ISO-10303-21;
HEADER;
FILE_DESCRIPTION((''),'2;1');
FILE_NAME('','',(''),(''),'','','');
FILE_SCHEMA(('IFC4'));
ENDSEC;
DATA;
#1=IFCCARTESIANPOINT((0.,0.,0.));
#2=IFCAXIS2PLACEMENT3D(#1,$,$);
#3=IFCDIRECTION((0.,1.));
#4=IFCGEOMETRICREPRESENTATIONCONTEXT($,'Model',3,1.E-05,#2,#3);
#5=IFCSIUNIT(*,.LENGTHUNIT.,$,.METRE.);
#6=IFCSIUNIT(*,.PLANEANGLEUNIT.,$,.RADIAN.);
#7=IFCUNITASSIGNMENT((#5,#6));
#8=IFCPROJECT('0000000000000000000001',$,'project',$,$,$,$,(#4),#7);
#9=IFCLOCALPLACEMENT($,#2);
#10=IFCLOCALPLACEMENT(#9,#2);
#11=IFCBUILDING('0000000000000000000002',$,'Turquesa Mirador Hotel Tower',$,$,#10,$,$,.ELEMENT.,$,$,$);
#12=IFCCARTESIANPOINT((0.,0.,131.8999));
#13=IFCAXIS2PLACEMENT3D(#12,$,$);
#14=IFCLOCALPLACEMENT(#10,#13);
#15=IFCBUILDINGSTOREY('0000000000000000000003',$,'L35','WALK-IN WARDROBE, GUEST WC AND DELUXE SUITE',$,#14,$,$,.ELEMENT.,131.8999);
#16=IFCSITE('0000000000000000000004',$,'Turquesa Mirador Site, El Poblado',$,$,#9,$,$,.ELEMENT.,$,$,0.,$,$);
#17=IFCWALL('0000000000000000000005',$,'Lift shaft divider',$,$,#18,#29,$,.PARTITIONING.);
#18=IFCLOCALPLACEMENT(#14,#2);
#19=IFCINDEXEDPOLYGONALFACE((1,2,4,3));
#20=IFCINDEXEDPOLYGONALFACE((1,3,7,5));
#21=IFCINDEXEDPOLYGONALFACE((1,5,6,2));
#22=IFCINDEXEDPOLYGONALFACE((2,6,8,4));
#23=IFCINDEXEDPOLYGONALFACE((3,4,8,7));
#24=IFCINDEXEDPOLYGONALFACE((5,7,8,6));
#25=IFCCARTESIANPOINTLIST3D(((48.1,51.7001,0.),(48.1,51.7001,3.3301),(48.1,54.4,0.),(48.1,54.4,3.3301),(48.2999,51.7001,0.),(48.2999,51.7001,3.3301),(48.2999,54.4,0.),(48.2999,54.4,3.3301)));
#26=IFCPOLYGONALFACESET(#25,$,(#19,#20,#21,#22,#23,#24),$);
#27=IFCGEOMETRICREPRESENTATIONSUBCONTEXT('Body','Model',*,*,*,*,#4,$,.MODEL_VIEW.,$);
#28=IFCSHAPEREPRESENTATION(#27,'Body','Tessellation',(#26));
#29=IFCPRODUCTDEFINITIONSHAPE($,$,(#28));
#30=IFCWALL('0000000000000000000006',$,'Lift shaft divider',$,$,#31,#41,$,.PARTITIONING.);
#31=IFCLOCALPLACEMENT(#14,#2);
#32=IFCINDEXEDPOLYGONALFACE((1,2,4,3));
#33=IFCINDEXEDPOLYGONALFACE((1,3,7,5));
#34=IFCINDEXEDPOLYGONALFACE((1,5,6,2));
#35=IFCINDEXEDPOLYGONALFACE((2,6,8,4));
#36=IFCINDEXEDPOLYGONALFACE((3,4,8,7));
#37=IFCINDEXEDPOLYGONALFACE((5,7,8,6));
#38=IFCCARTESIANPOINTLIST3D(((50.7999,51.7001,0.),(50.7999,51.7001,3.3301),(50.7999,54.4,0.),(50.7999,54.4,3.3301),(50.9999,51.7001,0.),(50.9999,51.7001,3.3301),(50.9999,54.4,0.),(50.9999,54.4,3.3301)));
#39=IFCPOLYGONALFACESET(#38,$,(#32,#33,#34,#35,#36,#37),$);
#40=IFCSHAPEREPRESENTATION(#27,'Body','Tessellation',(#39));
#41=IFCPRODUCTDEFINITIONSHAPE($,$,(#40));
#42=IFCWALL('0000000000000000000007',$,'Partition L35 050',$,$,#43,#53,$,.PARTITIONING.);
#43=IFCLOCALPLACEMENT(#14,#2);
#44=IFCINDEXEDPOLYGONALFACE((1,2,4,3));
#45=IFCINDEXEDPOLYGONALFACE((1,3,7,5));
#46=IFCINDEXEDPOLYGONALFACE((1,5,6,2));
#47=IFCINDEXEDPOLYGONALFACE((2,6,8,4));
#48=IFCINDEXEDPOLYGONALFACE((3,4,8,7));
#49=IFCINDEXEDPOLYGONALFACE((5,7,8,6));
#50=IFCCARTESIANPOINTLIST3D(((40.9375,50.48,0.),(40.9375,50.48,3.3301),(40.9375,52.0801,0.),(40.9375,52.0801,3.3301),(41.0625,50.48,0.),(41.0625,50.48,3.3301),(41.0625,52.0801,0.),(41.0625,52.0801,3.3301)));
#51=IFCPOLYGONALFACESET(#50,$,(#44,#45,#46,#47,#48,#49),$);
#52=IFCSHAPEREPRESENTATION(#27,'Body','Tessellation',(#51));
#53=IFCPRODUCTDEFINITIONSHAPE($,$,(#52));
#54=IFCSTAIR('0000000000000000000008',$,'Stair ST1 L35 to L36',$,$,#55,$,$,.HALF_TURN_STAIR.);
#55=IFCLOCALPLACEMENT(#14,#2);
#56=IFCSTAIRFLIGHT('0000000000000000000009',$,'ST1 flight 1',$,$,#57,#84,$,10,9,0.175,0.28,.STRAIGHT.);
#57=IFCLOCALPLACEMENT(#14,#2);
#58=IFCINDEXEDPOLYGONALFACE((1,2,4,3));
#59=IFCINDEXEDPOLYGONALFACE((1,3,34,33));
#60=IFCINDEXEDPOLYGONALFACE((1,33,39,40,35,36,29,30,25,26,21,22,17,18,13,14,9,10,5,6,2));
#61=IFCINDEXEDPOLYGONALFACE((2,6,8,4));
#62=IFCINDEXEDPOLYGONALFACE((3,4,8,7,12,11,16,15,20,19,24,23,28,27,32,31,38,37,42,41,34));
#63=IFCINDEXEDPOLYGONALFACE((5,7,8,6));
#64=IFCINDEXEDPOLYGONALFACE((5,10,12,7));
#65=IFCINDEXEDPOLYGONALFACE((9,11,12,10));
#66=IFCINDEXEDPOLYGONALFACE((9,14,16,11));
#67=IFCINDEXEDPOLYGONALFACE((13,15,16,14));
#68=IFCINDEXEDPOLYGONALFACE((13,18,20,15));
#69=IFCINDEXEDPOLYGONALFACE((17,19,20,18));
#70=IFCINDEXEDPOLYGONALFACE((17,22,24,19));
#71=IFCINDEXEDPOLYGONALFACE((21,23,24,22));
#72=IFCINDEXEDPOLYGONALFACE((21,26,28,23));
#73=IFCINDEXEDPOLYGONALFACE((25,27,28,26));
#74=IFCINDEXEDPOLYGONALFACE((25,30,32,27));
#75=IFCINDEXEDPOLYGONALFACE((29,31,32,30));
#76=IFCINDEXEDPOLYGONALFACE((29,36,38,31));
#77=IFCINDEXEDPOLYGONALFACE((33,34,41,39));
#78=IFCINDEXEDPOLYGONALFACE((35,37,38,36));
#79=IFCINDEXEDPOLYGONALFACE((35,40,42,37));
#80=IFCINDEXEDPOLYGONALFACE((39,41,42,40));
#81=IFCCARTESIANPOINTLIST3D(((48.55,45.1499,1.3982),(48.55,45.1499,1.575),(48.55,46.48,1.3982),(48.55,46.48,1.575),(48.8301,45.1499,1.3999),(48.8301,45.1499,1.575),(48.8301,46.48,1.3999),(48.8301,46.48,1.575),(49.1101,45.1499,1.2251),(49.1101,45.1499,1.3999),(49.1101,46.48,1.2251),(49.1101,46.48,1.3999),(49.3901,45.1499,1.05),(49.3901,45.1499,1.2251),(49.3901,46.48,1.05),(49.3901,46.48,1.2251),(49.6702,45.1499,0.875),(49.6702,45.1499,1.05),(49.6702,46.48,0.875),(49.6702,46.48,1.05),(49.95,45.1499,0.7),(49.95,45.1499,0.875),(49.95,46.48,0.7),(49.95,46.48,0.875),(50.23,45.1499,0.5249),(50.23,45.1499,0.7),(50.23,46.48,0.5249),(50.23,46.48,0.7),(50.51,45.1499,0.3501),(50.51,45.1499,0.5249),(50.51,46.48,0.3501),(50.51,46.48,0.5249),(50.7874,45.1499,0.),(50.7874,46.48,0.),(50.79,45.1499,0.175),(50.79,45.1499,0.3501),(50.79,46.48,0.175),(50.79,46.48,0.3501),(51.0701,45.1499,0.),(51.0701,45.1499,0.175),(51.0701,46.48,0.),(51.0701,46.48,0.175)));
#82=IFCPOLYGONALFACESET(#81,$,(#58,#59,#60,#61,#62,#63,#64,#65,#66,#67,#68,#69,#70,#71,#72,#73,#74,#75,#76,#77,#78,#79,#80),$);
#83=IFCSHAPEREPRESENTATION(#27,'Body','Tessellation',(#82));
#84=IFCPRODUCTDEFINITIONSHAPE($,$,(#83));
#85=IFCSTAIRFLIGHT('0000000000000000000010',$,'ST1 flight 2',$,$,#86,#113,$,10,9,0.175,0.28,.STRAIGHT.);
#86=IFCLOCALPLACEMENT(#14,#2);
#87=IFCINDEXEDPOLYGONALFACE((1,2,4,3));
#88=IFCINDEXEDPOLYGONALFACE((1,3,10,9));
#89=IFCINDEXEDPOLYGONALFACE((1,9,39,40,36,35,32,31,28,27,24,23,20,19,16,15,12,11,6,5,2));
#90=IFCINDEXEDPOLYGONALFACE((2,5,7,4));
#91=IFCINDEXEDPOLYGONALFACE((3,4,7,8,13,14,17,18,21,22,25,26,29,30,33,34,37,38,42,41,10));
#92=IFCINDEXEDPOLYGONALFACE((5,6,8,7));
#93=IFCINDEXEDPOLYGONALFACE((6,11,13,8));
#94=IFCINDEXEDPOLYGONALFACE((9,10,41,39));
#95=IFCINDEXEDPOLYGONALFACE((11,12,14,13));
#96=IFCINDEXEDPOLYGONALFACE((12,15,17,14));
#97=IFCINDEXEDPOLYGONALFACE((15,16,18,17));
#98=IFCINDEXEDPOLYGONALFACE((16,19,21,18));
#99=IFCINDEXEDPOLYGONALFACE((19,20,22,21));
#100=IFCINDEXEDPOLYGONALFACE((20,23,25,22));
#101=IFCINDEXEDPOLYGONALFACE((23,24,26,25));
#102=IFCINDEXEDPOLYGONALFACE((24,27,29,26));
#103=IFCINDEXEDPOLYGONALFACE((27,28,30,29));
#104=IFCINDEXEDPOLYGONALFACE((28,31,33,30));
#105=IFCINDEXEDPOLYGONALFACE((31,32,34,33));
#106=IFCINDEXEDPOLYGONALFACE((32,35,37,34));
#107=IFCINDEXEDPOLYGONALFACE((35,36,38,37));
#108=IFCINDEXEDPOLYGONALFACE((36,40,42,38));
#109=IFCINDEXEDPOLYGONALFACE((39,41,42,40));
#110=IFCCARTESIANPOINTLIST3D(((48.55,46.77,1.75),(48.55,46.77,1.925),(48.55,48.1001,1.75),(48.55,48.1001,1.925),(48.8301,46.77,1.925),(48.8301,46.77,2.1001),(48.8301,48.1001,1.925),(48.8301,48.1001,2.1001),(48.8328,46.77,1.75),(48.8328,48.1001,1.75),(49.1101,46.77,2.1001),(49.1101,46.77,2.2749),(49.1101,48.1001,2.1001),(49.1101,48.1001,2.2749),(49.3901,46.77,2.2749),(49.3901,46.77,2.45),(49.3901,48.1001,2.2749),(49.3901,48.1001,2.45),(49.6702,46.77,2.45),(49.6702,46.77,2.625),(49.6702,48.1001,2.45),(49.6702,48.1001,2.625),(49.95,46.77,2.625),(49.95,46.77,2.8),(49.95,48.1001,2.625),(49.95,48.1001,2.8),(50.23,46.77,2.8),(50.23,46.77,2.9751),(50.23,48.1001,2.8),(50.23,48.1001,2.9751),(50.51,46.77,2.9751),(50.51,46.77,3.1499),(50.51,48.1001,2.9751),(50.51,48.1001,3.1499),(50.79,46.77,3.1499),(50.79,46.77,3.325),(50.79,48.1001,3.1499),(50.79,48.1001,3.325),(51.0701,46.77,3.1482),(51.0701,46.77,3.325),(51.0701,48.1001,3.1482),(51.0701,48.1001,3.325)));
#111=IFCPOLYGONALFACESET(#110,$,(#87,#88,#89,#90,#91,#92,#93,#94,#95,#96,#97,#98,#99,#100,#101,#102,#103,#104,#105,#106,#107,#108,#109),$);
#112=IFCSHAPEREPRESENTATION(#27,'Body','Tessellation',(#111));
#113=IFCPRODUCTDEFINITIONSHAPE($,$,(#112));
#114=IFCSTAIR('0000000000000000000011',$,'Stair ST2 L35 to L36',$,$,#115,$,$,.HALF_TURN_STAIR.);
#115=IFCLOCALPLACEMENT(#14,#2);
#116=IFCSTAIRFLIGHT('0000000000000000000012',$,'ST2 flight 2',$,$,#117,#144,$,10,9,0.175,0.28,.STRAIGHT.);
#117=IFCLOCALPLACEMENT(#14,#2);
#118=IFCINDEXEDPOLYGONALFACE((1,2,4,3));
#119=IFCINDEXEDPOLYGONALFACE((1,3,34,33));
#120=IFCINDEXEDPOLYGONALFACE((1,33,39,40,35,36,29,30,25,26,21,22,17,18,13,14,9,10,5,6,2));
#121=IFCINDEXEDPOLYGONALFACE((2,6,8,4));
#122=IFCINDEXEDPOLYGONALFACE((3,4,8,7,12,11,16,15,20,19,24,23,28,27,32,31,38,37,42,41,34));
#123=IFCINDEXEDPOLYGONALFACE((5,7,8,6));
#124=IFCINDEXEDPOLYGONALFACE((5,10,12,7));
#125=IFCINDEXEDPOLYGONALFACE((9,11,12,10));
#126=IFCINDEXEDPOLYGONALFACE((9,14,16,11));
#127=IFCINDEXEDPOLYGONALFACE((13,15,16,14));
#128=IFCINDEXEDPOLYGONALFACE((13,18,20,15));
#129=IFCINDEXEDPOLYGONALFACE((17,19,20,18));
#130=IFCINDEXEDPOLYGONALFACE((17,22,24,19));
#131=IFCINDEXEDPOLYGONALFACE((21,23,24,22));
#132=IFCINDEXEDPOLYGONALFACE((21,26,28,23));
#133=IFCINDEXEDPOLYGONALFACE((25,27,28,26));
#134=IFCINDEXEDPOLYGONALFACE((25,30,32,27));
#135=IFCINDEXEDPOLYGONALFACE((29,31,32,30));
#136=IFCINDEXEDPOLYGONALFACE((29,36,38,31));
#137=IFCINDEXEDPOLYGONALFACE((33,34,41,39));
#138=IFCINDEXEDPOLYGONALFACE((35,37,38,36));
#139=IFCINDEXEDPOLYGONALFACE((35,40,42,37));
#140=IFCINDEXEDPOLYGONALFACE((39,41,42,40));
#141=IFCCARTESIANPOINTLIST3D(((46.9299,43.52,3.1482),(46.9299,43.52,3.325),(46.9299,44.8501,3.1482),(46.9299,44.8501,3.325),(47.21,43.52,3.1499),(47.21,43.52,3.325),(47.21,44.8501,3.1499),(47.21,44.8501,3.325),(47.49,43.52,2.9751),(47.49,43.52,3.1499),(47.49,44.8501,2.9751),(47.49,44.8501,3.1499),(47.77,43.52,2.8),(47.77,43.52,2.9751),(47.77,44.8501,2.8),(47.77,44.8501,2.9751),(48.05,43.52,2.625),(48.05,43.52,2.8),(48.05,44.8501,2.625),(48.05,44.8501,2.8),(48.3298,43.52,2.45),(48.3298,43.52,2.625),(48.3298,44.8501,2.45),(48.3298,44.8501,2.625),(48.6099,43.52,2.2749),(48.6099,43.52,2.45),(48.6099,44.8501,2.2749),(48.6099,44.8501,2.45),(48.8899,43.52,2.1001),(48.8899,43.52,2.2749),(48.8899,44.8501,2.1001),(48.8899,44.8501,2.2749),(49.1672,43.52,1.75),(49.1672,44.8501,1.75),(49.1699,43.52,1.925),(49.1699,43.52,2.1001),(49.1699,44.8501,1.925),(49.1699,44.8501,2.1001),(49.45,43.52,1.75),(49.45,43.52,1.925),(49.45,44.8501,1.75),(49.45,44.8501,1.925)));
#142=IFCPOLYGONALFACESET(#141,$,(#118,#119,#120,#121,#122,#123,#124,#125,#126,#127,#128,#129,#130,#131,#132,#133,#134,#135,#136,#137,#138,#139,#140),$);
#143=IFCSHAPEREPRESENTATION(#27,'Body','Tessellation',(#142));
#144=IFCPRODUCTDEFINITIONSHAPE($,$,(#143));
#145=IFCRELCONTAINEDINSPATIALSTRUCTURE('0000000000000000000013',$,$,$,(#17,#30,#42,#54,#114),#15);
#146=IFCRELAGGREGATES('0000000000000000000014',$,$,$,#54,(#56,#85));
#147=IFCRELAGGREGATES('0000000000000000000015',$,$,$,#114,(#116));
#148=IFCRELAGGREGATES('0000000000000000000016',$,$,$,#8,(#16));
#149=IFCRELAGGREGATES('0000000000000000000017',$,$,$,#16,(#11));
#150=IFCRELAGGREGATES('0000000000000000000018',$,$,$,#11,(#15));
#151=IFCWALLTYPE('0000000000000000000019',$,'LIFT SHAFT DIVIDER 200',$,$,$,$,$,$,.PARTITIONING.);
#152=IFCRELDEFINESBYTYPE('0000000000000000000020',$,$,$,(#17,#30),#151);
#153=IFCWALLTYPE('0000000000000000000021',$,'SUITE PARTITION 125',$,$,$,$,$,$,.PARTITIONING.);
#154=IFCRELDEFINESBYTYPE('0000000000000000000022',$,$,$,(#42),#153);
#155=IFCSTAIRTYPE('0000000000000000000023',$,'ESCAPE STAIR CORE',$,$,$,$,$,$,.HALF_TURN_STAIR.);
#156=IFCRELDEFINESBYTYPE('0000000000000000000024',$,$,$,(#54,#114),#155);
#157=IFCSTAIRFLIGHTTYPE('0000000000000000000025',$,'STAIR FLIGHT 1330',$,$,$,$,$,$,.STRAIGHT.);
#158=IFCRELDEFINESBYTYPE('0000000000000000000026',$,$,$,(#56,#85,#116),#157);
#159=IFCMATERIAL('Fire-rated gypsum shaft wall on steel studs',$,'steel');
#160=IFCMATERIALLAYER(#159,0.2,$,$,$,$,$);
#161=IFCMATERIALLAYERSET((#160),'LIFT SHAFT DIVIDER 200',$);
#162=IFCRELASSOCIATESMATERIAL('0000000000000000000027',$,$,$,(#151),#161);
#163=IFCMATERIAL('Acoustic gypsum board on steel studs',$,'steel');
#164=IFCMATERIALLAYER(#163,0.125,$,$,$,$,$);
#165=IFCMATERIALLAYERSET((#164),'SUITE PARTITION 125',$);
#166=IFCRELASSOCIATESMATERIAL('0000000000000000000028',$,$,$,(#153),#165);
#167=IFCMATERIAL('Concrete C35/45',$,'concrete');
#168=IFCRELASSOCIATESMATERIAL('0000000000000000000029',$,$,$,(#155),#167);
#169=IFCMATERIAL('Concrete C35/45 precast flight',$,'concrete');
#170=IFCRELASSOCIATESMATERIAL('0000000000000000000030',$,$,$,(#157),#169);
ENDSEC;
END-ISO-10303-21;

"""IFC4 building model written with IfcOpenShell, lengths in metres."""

from ifc_helpers import new_model, si_unit, direction, frame, frame_2d, origin, place, context, subcontext, project, spatial, polyline, rectangle, outline, extrude, material, layer, layer_set, type_object, element, aggregate, save


model = new_model("IFC4")

# Units and contexts
model_context = context("Model", 3, precision=1e-05, world=origin(), true_north=direction((0.0, 1.0)))
body_context = subcontext(model_context, "Body", "Model", "MODEL_VIEW")
ifc_project = project(units=[si_unit("LENGTHUNIT", "METRE"), si_unit("PLANEANGLEUNIT", "RADIAN")], contexts=[model_context])

# Site, building, storey
site_placement = place(None, origin())
site = spatial("IfcSite", under=ifc_project, at=site_placement, Name="Turquesa Mirador Site, El Poblado", CompositionType="ELEMENT", RefElevation=0.0)
building_placement = place(site_placement, origin())
building = spatial("IfcBuilding", under=site, at=building_placement, Name="Turquesa Mirador Hotel Tower", CompositionType="ELEMENT")
storey_placement = place(building_placement, frame((0.0, 0.0, 131.8999)))
storey = spatial("IfcBuildingStorey", under=building, at=storey_placement, Name="L35", Description="WALK-IN WARDROBE, GUEST WC AND DELUXE SUITE", CompositionType="ELEMENT", Elevation=131.8999)

# Walls
ifc_material_1 = material(Name="Fire-rated gypsum shaft wall on steel studs", Category="steel")
ifc_layer_1 = layer(ifc_material_1, 0.2)
ifc_layer_set_1 = layer_set([ifc_layer_1], Name="LIFT SHAFT DIVIDER 200")
wall_type_1 = type_object("IfcWallType", Name="LIFT SHAFT DIVIDER 200", PredefinedType="PARTITIONING", material=ifc_layer_set_1)
for number, where, z_axis, x_axis, name in (
    (1, (48.2, 51.7, 0.0), (0.0, 0.0, 1.0), (0.0, 1.0, 0.0), "Lift shaft divider"),
    (2, (50.8999, 51.7, 0.0), (0.0, 0.0, 1.0), (0.0, 1.0, 0.0), "Lift shaft divider"),
):
    element("IfcWall", number, at=place(storey_placement, frame(where, z_axis=z_axis, x_axis=x_axis)), inside=storey, type_object=wall_type_1, Name=name, PredefinedType="PARTITIONING", context=body_context, shape_type="SweptSolid", body=[
        extrude(rectangle(XDim=2.7, YDim=0.2, at=frame_2d((1.3501, 0.0))), origin(), (0.0, 0.0, 1.0), 3.3301),
    ])
ifc_material_2 = material(Name="Acoustic gypsum board on steel studs", Category="steel")
ifc_layer_2 = layer(ifc_material_2, 0.125)
ifc_layer_set_2 = layer_set([ifc_layer_2], Name="SUITE PARTITION 125")
wall_type_2 = type_object("IfcWallType", Name="SUITE PARTITION 125", PredefinedType="PARTITIONING", material=ifc_layer_set_2)
wall_1_placement = place(storey_placement, frame((41.0, 50.48, 0.0), z_axis=(0.0, 0.0, 1.0), x_axis=(0.0, 1.0, 0.0)))
element("IfcWall", 3, at=wall_1_placement, inside=storey, type_object=wall_type_2, Name="Partition L35 050", PredefinedType="PARTITIONING", context=body_context, shape_type="SweptSolid", body=[
    extrude(rectangle(XDim=1.6001, YDim=0.125, at=frame_2d((0.8, 0.0))), origin(), (0.0, 0.0, 1.0), 3.3301),
])

# Stair, stair flights
ifc_material_3 = material(Name="Concrete C35/45", Category="concrete")
stair_type = type_object("IfcStairType", Name="ESCAPE STAIR CORE", PredefinedType="HALF_TURN_STAIR", material=ifc_material_3)
stair_1_placement = place(storey_placement, origin())
stair_1 = element("IfcStair", 4, at=stair_1_placement, inside=storey, type_object=stair_type, Name="Stair ST1 L35 to L36", PredefinedType="HALF_TURN_STAIR")
ifc_material_4 = material(Name="Concrete C35/45 precast flight", Category="concrete")
stair_flight_type = type_object("IfcStairFlightType", Name="STAIR FLIGHT 1330", PredefinedType="STRAIGHT", material=ifc_material_4)
stair_flight_1_placement = place(storey_placement, frame((51.0701, 45.8149, 0.0), z_axis=(0.0, 0.0, 1.0), x_axis=(-1.0, 0.0, 0.0)))
stair_flight_1 = element("IfcStairFlight", 5, at=stair_flight_1_placement, type_object=stair_flight_type, Name="ST1 flight 1", NumberOfRisers=10, NumberOfTreads=9, PredefinedType="STRAIGHT", RiserHeight=0.175, TreadLength=0.28, context=body_context, shape_type="SweptSolid", body=[
    extrude(outline(polyline([(0.0, 0.0), (0.0, 0.175), (0.28, 0.175), (0.28, 0.3501), (0.5601, 0.3501), (0.5601, 0.5249), (0.8401, 0.5249), (0.8401, 0.7), (1.1201, 0.7), (1.1201, 0.875), (1.3999, 0.875), (1.3999, 1.05), (1.6799, 1.05), (1.6799, 1.2251), (1.96, 1.2251), (1.96, 1.3999), (2.24, 1.3999), (2.24, 1.575), (2.52, 1.575), (2.52, 1.75), (2.52, 1.3982), (0.2827, 0.0), (0.0, 0.0)])), frame((0.0, 0.665, 0.0), z_axis=(0.0, -1.0, 0.0), x_axis=(1.0, 0.0, 0.0)), (0.0, 0.0, 1.0), 1.3301),
])
stair_flight_2_placement = place(storey_placement, frame((48.55, 47.4351, 1.75), z_axis=(0.0, 0.0, 1.0), x_axis=(1.0, 0.0, 0.0)))
stair_flight_2 = element("IfcStairFlight", 6, at=stair_flight_2_placement, type_object=stair_flight_type, Name="ST1 flight 2", NumberOfRisers=10, NumberOfTreads=9, PredefinedType="STRAIGHT", RiserHeight=0.175, TreadLength=0.28, context=body_context, shape_type="SweptSolid", body=[
    extrude(outline(polyline([(0.0, 0.0), (0.0, 0.175), (0.28, 0.175), (0.28, 0.3501), (0.5601, 0.3501), (0.5601, 0.5249), (0.8401, 0.5249), (0.8401, 0.7), (1.1201, 0.7), (1.1201, 0.875), (1.3999, 0.875), (1.3999, 1.05), (1.6799, 1.05), (1.6799, 1.2251), (1.96, 1.2251), (1.96, 1.3999), (2.24, 1.3999), (2.24, 1.575), (2.52, 1.575), (2.52, 1.75), (2.52, 1.3982), (0.2827, 0.0), (0.0, 0.0)])), frame((0.0, 0.665, 0.0), z_axis=(0.0, -1.0, 0.0), x_axis=(1.0, 0.0, 0.0)), (0.0, 0.0, 1.0), 1.3301),
])
aggregate(stair_1, [stair_flight_1, stair_flight_2])

# Stair, stair flight
stair_2_placement = place(storey_placement, origin())
stair_2 = element("IfcStair", 7, at=stair_2_placement, inside=storey, type_object=stair_type, Name="Stair ST2 L35 to L36", PredefinedType="HALF_TURN_STAIR")
stair_flight_3_placement = place(storey_placement, frame((49.45, 44.1851, 1.75), z_axis=(0.0, 0.0, 1.0), x_axis=(-1.0, 0.0, 0.0)))
stair_flight_3 = element("IfcStairFlight", 8, at=stair_flight_3_placement, type_object=stair_flight_type, Name="ST2 flight 2", NumberOfRisers=10, NumberOfTreads=9, PredefinedType="STRAIGHT", RiserHeight=0.175, TreadLength=0.28, context=body_context, shape_type="SweptSolid", body=[
    extrude(outline(polyline([(0.0, 0.0), (0.0, 0.175), (0.28, 0.175), (0.28, 0.3501), (0.5601, 0.3501), (0.5601, 0.5249), (0.8401, 0.5249), (0.8401, 0.7), (1.1201, 0.7), (1.1201, 0.875), (1.3999, 0.875), (1.3999, 1.05), (1.6799, 1.05), (1.6799, 1.2251), (1.96, 1.2251), (1.96, 1.3999), (2.24, 1.3999), (2.24, 1.575), (2.52, 1.575), (2.52, 1.75), (2.52, 1.3982), (0.2827, 0.0), (0.0, 0.0)])), frame((0.0, 0.665, 0.0), z_axis=(0.0, -1.0, 0.0), x_axis=(1.0, 0.0, 0.0)), (0.0, 0.0, 1.0), 1.3301),
])
aggregate(stair_2, [stair_flight_3])

save(model, "model.ifc")
